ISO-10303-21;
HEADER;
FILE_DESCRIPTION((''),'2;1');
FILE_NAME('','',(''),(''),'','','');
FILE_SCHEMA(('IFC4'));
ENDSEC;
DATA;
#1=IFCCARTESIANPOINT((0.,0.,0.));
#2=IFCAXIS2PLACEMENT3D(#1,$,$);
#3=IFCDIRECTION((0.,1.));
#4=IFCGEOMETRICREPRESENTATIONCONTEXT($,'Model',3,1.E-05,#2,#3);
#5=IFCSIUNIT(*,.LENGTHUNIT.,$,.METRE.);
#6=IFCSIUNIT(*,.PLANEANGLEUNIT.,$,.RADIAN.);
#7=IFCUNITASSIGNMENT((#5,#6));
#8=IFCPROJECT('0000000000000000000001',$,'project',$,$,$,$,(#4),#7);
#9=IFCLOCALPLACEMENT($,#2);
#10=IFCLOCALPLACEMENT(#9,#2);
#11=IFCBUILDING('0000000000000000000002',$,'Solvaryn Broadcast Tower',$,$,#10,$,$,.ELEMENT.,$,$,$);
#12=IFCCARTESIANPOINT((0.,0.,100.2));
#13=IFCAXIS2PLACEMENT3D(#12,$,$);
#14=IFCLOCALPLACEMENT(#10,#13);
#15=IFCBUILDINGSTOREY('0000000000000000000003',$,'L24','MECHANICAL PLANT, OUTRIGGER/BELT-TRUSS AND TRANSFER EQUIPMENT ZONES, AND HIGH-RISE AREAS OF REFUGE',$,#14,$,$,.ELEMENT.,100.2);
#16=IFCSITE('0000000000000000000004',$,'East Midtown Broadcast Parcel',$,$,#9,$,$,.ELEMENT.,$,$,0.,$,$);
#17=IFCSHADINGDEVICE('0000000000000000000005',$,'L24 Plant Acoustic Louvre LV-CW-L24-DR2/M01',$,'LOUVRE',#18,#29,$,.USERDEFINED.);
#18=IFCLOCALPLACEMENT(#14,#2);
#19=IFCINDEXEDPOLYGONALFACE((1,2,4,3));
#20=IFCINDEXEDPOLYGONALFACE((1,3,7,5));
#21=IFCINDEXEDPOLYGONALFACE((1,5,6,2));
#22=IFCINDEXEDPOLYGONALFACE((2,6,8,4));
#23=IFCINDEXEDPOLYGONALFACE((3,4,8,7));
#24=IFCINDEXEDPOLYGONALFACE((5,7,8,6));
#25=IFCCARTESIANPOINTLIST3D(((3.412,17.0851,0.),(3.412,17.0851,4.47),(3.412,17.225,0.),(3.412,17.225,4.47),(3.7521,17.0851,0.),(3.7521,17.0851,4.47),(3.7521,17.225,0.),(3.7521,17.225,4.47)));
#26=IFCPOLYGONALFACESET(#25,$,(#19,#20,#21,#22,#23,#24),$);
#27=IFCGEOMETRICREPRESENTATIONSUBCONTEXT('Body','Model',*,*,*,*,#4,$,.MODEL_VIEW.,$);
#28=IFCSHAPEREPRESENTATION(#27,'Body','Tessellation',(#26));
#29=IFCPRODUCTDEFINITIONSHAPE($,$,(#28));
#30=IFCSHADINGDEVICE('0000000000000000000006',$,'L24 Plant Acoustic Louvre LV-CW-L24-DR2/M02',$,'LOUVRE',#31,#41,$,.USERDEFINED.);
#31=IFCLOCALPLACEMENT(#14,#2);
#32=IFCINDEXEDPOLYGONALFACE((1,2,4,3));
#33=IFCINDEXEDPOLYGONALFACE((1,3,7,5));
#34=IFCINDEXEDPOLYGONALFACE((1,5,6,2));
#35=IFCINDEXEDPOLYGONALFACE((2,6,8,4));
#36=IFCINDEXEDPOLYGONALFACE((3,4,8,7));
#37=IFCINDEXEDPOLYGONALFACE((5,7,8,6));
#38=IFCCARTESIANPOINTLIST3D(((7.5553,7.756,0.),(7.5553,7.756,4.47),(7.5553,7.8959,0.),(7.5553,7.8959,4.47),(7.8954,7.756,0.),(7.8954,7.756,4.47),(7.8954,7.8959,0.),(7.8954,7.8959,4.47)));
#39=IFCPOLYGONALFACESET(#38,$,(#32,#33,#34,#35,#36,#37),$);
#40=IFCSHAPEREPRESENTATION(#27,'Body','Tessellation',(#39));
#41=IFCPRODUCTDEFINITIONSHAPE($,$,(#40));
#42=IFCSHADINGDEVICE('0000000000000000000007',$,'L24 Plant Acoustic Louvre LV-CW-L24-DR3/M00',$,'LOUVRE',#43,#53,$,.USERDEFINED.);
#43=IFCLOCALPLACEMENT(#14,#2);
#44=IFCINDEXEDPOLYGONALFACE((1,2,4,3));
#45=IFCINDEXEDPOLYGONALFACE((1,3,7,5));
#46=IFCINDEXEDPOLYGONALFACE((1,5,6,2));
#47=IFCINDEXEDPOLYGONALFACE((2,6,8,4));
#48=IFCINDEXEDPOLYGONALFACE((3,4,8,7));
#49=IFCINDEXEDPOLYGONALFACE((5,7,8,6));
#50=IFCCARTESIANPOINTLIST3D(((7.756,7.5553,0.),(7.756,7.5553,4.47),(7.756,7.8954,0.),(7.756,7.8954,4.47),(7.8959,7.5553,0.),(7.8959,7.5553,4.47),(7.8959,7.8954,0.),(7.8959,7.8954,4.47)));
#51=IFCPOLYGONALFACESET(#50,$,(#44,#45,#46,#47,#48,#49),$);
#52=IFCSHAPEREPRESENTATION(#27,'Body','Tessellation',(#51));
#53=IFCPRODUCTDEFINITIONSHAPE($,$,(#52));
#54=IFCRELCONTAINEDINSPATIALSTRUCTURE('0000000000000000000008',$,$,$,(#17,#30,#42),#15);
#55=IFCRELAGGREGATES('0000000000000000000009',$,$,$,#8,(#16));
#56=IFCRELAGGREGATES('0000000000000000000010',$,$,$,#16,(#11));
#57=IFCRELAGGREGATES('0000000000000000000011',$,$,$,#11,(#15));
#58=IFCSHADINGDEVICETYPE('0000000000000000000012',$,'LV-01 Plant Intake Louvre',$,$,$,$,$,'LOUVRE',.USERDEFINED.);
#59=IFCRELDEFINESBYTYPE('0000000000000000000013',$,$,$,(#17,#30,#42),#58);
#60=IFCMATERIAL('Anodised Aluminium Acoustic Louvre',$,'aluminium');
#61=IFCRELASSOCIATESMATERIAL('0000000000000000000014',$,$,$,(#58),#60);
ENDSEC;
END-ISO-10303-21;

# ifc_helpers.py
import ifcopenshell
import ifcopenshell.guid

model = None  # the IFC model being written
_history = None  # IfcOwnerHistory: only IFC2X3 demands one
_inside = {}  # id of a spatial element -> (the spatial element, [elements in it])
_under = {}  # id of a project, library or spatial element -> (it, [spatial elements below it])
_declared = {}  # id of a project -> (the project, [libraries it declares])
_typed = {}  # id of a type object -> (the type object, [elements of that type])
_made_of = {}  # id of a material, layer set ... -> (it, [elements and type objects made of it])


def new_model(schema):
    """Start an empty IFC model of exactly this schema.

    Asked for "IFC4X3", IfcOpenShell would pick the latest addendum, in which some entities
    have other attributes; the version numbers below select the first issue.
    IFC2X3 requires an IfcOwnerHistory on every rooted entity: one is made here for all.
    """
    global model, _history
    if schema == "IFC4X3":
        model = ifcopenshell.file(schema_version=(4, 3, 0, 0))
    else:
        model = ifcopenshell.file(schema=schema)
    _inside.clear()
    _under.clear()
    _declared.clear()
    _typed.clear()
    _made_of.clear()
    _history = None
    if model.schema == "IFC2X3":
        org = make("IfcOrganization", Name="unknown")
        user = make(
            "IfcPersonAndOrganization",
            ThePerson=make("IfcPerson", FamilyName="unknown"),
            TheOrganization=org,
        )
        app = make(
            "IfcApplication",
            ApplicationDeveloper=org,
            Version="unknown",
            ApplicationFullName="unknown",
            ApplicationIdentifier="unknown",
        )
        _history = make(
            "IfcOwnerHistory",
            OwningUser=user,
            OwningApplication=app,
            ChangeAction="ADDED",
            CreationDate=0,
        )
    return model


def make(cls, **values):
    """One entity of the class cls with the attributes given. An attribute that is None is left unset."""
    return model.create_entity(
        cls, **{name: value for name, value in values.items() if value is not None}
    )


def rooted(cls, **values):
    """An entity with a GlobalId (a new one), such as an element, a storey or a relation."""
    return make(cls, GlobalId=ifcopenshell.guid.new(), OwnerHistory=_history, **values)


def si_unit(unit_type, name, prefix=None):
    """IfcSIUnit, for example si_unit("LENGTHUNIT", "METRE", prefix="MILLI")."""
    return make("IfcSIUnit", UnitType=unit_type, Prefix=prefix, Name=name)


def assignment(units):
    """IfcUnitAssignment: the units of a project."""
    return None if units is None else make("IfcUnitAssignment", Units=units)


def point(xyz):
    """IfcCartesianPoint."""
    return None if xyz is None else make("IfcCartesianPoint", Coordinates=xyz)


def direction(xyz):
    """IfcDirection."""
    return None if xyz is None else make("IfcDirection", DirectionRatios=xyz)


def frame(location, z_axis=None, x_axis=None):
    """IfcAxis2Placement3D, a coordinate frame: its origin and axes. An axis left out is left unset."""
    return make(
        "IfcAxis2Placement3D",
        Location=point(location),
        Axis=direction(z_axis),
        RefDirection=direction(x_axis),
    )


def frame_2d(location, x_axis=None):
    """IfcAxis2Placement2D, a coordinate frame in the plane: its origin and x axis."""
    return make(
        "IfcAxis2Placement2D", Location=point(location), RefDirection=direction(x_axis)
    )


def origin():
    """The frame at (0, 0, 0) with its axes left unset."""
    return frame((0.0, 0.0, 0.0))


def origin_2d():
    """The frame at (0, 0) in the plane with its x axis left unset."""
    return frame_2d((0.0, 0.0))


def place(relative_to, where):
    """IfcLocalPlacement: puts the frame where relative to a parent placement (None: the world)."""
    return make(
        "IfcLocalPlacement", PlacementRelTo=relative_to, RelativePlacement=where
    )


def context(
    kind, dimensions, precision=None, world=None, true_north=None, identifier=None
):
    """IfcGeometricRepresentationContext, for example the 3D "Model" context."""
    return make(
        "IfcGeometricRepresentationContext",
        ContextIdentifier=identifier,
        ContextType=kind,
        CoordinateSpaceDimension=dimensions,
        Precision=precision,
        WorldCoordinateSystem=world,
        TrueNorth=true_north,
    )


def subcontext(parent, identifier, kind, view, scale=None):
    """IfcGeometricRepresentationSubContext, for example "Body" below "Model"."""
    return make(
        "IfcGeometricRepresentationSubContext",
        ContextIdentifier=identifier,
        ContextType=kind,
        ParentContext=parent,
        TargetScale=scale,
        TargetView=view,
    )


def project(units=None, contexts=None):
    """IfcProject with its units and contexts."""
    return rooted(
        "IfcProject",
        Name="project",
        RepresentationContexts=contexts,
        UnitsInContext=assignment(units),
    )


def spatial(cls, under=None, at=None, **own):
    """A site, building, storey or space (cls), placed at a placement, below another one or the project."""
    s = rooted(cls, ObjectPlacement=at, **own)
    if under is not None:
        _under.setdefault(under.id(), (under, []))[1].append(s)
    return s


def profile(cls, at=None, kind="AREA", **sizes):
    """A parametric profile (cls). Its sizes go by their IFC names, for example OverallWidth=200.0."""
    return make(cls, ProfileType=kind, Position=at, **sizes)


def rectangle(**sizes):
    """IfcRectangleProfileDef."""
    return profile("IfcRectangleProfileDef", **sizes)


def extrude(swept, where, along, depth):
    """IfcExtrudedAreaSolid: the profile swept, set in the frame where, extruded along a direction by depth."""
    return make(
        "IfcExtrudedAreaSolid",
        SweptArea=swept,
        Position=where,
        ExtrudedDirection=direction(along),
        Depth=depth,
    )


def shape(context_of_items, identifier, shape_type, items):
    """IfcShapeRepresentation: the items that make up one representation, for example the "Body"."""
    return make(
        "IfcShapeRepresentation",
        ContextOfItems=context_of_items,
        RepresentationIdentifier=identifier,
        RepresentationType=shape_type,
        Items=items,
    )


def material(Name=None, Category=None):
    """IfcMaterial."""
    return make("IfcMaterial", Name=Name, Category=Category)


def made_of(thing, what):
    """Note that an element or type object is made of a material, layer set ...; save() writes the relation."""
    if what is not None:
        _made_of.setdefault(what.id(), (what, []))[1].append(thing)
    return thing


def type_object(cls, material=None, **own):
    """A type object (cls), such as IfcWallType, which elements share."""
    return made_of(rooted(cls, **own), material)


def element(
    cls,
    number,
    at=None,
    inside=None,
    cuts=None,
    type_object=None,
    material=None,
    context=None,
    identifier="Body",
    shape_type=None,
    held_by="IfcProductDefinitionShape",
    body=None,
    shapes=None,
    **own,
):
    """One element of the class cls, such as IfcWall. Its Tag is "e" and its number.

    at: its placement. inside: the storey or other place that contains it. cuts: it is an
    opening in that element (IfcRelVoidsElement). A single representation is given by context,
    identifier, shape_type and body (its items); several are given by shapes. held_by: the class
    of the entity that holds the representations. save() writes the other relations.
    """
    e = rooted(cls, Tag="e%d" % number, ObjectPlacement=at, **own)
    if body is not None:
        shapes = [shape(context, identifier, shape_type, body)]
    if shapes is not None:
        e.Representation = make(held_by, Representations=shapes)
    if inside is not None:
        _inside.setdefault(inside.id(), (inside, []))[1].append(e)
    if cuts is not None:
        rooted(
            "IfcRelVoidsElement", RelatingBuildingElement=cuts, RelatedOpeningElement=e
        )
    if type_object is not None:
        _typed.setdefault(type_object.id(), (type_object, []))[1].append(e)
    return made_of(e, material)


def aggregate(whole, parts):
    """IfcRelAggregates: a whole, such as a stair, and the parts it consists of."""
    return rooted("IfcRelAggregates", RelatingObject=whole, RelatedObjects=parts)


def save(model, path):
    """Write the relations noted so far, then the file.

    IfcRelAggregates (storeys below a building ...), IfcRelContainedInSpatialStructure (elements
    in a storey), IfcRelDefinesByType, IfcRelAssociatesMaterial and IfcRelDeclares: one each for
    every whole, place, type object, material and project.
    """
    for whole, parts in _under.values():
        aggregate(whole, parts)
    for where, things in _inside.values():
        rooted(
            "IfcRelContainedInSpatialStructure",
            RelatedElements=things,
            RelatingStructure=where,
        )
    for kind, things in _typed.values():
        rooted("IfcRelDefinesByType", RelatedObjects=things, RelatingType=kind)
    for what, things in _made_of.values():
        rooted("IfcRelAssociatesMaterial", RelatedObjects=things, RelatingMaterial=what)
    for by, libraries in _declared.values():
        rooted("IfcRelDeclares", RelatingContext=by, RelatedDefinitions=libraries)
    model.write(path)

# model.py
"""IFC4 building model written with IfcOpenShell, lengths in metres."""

from ifc_helpers import new_model, si_unit, direction, frame, origin, origin_2d, place, context, subcontext, project, spatial, rectangle, extrude, material, type_object, element, save


model = new_model("IFC4")

# Units and contexts
model_context = context("Model", 3, precision=1e-05, world=origin(), true_north=direction((0.0, 1.0)))
body_context = subcontext(model_context, "Body", "Model", "MODEL_VIEW")
ifc_project = project(units=[si_unit("LENGTHUNIT", "METRE"), si_unit("PLANEANGLEUNIT", "RADIAN")], contexts=[model_context])

# Site, building, storey
site_placement = place(None, origin())
site = spatial("IfcSite", under=ifc_project, at=site_placement, Name="East Midtown Broadcast Parcel", CompositionType="ELEMENT", RefElevation=0.0)
building_placement = place(site_placement, origin())
building = spatial("IfcBuilding", under=site, at=building_placement, Name="Solvaryn Broadcast Tower", CompositionType="ELEMENT")
storey_placement = place(building_placement, frame((0.0, 0.0, 100.2)))
storey = spatial("IfcBuildingStorey", under=building, at=storey_placement, Name="L24", Description="MECHANICAL PLANT, OUTRIGGER/BELT-TRUSS AND TRANSFER EQUIPMENT ZONES, AND HIGH-RISE AREAS OF REFUGE", CompositionType="ELEMENT", Elevation=100.2)

# Shading devices
ifc_material_1 = material(Name="Anodised Aluminium Acoustic Louvre", Category="aluminium")
shading_device_type = type_object("IfcShadingDeviceType", Name="LV-01 Plant Intake Louvre", ElementType="LOUVRE", PredefinedType="USERDEFINED", material=ifc_material_1)
for number, where, z_axis, x_axis, name in (
    (1, (3.582, 17.155, 0.0), (0.0, 0.0, 1.0), (1.0, 0.0, 0.0), "L24 Plant Acoustic Louvre LV-CW-L24-DR2/M01"),
    (2, (7.7253, 7.8259, 0.0), (0.0, 0.0, 1.0), (1.0, 0.0, 0.0), "L24 Plant Acoustic Louvre LV-CW-L24-DR2/M02"),
):
    element("IfcShadingDevice", number, at=place(storey_placement, frame(where, z_axis=z_axis, x_axis=x_axis)), inside=storey, type_object=shading_device_type, Name=name, ObjectType="LOUVRE", PredefinedType="USERDEFINED", context=body_context, shape_type="SweptSolid", body=[
        extrude(rectangle(XDim=0.3401, YDim=0.1399, at=origin_2d()), origin(), (0.0, 0.0, 1.0), 4.47),
    ])
shading_device_placement = place(storey_placement, frame((7.8259, 7.7253, 0.0), z_axis=(0.0, 0.0, 1.0), x_axis=(1.0, 0.0, 0.0)))
element("IfcShadingDevice", 3, at=shading_device_placement, inside=storey, type_object=shading_device_type, Name="L24 Plant Acoustic Louvre LV-CW-L24-DR3/M00", ObjectType="LOUVRE", PredefinedType="USERDEFINED", context=body_context, shape_type="SweptSolid", body=[
    extrude(rectangle(XDim=0.1399, YDim=0.3401, at=origin_2d()), origin(), (0.0, 0.0, 1.0), 4.47),
])

save(model, "model.ifc")
